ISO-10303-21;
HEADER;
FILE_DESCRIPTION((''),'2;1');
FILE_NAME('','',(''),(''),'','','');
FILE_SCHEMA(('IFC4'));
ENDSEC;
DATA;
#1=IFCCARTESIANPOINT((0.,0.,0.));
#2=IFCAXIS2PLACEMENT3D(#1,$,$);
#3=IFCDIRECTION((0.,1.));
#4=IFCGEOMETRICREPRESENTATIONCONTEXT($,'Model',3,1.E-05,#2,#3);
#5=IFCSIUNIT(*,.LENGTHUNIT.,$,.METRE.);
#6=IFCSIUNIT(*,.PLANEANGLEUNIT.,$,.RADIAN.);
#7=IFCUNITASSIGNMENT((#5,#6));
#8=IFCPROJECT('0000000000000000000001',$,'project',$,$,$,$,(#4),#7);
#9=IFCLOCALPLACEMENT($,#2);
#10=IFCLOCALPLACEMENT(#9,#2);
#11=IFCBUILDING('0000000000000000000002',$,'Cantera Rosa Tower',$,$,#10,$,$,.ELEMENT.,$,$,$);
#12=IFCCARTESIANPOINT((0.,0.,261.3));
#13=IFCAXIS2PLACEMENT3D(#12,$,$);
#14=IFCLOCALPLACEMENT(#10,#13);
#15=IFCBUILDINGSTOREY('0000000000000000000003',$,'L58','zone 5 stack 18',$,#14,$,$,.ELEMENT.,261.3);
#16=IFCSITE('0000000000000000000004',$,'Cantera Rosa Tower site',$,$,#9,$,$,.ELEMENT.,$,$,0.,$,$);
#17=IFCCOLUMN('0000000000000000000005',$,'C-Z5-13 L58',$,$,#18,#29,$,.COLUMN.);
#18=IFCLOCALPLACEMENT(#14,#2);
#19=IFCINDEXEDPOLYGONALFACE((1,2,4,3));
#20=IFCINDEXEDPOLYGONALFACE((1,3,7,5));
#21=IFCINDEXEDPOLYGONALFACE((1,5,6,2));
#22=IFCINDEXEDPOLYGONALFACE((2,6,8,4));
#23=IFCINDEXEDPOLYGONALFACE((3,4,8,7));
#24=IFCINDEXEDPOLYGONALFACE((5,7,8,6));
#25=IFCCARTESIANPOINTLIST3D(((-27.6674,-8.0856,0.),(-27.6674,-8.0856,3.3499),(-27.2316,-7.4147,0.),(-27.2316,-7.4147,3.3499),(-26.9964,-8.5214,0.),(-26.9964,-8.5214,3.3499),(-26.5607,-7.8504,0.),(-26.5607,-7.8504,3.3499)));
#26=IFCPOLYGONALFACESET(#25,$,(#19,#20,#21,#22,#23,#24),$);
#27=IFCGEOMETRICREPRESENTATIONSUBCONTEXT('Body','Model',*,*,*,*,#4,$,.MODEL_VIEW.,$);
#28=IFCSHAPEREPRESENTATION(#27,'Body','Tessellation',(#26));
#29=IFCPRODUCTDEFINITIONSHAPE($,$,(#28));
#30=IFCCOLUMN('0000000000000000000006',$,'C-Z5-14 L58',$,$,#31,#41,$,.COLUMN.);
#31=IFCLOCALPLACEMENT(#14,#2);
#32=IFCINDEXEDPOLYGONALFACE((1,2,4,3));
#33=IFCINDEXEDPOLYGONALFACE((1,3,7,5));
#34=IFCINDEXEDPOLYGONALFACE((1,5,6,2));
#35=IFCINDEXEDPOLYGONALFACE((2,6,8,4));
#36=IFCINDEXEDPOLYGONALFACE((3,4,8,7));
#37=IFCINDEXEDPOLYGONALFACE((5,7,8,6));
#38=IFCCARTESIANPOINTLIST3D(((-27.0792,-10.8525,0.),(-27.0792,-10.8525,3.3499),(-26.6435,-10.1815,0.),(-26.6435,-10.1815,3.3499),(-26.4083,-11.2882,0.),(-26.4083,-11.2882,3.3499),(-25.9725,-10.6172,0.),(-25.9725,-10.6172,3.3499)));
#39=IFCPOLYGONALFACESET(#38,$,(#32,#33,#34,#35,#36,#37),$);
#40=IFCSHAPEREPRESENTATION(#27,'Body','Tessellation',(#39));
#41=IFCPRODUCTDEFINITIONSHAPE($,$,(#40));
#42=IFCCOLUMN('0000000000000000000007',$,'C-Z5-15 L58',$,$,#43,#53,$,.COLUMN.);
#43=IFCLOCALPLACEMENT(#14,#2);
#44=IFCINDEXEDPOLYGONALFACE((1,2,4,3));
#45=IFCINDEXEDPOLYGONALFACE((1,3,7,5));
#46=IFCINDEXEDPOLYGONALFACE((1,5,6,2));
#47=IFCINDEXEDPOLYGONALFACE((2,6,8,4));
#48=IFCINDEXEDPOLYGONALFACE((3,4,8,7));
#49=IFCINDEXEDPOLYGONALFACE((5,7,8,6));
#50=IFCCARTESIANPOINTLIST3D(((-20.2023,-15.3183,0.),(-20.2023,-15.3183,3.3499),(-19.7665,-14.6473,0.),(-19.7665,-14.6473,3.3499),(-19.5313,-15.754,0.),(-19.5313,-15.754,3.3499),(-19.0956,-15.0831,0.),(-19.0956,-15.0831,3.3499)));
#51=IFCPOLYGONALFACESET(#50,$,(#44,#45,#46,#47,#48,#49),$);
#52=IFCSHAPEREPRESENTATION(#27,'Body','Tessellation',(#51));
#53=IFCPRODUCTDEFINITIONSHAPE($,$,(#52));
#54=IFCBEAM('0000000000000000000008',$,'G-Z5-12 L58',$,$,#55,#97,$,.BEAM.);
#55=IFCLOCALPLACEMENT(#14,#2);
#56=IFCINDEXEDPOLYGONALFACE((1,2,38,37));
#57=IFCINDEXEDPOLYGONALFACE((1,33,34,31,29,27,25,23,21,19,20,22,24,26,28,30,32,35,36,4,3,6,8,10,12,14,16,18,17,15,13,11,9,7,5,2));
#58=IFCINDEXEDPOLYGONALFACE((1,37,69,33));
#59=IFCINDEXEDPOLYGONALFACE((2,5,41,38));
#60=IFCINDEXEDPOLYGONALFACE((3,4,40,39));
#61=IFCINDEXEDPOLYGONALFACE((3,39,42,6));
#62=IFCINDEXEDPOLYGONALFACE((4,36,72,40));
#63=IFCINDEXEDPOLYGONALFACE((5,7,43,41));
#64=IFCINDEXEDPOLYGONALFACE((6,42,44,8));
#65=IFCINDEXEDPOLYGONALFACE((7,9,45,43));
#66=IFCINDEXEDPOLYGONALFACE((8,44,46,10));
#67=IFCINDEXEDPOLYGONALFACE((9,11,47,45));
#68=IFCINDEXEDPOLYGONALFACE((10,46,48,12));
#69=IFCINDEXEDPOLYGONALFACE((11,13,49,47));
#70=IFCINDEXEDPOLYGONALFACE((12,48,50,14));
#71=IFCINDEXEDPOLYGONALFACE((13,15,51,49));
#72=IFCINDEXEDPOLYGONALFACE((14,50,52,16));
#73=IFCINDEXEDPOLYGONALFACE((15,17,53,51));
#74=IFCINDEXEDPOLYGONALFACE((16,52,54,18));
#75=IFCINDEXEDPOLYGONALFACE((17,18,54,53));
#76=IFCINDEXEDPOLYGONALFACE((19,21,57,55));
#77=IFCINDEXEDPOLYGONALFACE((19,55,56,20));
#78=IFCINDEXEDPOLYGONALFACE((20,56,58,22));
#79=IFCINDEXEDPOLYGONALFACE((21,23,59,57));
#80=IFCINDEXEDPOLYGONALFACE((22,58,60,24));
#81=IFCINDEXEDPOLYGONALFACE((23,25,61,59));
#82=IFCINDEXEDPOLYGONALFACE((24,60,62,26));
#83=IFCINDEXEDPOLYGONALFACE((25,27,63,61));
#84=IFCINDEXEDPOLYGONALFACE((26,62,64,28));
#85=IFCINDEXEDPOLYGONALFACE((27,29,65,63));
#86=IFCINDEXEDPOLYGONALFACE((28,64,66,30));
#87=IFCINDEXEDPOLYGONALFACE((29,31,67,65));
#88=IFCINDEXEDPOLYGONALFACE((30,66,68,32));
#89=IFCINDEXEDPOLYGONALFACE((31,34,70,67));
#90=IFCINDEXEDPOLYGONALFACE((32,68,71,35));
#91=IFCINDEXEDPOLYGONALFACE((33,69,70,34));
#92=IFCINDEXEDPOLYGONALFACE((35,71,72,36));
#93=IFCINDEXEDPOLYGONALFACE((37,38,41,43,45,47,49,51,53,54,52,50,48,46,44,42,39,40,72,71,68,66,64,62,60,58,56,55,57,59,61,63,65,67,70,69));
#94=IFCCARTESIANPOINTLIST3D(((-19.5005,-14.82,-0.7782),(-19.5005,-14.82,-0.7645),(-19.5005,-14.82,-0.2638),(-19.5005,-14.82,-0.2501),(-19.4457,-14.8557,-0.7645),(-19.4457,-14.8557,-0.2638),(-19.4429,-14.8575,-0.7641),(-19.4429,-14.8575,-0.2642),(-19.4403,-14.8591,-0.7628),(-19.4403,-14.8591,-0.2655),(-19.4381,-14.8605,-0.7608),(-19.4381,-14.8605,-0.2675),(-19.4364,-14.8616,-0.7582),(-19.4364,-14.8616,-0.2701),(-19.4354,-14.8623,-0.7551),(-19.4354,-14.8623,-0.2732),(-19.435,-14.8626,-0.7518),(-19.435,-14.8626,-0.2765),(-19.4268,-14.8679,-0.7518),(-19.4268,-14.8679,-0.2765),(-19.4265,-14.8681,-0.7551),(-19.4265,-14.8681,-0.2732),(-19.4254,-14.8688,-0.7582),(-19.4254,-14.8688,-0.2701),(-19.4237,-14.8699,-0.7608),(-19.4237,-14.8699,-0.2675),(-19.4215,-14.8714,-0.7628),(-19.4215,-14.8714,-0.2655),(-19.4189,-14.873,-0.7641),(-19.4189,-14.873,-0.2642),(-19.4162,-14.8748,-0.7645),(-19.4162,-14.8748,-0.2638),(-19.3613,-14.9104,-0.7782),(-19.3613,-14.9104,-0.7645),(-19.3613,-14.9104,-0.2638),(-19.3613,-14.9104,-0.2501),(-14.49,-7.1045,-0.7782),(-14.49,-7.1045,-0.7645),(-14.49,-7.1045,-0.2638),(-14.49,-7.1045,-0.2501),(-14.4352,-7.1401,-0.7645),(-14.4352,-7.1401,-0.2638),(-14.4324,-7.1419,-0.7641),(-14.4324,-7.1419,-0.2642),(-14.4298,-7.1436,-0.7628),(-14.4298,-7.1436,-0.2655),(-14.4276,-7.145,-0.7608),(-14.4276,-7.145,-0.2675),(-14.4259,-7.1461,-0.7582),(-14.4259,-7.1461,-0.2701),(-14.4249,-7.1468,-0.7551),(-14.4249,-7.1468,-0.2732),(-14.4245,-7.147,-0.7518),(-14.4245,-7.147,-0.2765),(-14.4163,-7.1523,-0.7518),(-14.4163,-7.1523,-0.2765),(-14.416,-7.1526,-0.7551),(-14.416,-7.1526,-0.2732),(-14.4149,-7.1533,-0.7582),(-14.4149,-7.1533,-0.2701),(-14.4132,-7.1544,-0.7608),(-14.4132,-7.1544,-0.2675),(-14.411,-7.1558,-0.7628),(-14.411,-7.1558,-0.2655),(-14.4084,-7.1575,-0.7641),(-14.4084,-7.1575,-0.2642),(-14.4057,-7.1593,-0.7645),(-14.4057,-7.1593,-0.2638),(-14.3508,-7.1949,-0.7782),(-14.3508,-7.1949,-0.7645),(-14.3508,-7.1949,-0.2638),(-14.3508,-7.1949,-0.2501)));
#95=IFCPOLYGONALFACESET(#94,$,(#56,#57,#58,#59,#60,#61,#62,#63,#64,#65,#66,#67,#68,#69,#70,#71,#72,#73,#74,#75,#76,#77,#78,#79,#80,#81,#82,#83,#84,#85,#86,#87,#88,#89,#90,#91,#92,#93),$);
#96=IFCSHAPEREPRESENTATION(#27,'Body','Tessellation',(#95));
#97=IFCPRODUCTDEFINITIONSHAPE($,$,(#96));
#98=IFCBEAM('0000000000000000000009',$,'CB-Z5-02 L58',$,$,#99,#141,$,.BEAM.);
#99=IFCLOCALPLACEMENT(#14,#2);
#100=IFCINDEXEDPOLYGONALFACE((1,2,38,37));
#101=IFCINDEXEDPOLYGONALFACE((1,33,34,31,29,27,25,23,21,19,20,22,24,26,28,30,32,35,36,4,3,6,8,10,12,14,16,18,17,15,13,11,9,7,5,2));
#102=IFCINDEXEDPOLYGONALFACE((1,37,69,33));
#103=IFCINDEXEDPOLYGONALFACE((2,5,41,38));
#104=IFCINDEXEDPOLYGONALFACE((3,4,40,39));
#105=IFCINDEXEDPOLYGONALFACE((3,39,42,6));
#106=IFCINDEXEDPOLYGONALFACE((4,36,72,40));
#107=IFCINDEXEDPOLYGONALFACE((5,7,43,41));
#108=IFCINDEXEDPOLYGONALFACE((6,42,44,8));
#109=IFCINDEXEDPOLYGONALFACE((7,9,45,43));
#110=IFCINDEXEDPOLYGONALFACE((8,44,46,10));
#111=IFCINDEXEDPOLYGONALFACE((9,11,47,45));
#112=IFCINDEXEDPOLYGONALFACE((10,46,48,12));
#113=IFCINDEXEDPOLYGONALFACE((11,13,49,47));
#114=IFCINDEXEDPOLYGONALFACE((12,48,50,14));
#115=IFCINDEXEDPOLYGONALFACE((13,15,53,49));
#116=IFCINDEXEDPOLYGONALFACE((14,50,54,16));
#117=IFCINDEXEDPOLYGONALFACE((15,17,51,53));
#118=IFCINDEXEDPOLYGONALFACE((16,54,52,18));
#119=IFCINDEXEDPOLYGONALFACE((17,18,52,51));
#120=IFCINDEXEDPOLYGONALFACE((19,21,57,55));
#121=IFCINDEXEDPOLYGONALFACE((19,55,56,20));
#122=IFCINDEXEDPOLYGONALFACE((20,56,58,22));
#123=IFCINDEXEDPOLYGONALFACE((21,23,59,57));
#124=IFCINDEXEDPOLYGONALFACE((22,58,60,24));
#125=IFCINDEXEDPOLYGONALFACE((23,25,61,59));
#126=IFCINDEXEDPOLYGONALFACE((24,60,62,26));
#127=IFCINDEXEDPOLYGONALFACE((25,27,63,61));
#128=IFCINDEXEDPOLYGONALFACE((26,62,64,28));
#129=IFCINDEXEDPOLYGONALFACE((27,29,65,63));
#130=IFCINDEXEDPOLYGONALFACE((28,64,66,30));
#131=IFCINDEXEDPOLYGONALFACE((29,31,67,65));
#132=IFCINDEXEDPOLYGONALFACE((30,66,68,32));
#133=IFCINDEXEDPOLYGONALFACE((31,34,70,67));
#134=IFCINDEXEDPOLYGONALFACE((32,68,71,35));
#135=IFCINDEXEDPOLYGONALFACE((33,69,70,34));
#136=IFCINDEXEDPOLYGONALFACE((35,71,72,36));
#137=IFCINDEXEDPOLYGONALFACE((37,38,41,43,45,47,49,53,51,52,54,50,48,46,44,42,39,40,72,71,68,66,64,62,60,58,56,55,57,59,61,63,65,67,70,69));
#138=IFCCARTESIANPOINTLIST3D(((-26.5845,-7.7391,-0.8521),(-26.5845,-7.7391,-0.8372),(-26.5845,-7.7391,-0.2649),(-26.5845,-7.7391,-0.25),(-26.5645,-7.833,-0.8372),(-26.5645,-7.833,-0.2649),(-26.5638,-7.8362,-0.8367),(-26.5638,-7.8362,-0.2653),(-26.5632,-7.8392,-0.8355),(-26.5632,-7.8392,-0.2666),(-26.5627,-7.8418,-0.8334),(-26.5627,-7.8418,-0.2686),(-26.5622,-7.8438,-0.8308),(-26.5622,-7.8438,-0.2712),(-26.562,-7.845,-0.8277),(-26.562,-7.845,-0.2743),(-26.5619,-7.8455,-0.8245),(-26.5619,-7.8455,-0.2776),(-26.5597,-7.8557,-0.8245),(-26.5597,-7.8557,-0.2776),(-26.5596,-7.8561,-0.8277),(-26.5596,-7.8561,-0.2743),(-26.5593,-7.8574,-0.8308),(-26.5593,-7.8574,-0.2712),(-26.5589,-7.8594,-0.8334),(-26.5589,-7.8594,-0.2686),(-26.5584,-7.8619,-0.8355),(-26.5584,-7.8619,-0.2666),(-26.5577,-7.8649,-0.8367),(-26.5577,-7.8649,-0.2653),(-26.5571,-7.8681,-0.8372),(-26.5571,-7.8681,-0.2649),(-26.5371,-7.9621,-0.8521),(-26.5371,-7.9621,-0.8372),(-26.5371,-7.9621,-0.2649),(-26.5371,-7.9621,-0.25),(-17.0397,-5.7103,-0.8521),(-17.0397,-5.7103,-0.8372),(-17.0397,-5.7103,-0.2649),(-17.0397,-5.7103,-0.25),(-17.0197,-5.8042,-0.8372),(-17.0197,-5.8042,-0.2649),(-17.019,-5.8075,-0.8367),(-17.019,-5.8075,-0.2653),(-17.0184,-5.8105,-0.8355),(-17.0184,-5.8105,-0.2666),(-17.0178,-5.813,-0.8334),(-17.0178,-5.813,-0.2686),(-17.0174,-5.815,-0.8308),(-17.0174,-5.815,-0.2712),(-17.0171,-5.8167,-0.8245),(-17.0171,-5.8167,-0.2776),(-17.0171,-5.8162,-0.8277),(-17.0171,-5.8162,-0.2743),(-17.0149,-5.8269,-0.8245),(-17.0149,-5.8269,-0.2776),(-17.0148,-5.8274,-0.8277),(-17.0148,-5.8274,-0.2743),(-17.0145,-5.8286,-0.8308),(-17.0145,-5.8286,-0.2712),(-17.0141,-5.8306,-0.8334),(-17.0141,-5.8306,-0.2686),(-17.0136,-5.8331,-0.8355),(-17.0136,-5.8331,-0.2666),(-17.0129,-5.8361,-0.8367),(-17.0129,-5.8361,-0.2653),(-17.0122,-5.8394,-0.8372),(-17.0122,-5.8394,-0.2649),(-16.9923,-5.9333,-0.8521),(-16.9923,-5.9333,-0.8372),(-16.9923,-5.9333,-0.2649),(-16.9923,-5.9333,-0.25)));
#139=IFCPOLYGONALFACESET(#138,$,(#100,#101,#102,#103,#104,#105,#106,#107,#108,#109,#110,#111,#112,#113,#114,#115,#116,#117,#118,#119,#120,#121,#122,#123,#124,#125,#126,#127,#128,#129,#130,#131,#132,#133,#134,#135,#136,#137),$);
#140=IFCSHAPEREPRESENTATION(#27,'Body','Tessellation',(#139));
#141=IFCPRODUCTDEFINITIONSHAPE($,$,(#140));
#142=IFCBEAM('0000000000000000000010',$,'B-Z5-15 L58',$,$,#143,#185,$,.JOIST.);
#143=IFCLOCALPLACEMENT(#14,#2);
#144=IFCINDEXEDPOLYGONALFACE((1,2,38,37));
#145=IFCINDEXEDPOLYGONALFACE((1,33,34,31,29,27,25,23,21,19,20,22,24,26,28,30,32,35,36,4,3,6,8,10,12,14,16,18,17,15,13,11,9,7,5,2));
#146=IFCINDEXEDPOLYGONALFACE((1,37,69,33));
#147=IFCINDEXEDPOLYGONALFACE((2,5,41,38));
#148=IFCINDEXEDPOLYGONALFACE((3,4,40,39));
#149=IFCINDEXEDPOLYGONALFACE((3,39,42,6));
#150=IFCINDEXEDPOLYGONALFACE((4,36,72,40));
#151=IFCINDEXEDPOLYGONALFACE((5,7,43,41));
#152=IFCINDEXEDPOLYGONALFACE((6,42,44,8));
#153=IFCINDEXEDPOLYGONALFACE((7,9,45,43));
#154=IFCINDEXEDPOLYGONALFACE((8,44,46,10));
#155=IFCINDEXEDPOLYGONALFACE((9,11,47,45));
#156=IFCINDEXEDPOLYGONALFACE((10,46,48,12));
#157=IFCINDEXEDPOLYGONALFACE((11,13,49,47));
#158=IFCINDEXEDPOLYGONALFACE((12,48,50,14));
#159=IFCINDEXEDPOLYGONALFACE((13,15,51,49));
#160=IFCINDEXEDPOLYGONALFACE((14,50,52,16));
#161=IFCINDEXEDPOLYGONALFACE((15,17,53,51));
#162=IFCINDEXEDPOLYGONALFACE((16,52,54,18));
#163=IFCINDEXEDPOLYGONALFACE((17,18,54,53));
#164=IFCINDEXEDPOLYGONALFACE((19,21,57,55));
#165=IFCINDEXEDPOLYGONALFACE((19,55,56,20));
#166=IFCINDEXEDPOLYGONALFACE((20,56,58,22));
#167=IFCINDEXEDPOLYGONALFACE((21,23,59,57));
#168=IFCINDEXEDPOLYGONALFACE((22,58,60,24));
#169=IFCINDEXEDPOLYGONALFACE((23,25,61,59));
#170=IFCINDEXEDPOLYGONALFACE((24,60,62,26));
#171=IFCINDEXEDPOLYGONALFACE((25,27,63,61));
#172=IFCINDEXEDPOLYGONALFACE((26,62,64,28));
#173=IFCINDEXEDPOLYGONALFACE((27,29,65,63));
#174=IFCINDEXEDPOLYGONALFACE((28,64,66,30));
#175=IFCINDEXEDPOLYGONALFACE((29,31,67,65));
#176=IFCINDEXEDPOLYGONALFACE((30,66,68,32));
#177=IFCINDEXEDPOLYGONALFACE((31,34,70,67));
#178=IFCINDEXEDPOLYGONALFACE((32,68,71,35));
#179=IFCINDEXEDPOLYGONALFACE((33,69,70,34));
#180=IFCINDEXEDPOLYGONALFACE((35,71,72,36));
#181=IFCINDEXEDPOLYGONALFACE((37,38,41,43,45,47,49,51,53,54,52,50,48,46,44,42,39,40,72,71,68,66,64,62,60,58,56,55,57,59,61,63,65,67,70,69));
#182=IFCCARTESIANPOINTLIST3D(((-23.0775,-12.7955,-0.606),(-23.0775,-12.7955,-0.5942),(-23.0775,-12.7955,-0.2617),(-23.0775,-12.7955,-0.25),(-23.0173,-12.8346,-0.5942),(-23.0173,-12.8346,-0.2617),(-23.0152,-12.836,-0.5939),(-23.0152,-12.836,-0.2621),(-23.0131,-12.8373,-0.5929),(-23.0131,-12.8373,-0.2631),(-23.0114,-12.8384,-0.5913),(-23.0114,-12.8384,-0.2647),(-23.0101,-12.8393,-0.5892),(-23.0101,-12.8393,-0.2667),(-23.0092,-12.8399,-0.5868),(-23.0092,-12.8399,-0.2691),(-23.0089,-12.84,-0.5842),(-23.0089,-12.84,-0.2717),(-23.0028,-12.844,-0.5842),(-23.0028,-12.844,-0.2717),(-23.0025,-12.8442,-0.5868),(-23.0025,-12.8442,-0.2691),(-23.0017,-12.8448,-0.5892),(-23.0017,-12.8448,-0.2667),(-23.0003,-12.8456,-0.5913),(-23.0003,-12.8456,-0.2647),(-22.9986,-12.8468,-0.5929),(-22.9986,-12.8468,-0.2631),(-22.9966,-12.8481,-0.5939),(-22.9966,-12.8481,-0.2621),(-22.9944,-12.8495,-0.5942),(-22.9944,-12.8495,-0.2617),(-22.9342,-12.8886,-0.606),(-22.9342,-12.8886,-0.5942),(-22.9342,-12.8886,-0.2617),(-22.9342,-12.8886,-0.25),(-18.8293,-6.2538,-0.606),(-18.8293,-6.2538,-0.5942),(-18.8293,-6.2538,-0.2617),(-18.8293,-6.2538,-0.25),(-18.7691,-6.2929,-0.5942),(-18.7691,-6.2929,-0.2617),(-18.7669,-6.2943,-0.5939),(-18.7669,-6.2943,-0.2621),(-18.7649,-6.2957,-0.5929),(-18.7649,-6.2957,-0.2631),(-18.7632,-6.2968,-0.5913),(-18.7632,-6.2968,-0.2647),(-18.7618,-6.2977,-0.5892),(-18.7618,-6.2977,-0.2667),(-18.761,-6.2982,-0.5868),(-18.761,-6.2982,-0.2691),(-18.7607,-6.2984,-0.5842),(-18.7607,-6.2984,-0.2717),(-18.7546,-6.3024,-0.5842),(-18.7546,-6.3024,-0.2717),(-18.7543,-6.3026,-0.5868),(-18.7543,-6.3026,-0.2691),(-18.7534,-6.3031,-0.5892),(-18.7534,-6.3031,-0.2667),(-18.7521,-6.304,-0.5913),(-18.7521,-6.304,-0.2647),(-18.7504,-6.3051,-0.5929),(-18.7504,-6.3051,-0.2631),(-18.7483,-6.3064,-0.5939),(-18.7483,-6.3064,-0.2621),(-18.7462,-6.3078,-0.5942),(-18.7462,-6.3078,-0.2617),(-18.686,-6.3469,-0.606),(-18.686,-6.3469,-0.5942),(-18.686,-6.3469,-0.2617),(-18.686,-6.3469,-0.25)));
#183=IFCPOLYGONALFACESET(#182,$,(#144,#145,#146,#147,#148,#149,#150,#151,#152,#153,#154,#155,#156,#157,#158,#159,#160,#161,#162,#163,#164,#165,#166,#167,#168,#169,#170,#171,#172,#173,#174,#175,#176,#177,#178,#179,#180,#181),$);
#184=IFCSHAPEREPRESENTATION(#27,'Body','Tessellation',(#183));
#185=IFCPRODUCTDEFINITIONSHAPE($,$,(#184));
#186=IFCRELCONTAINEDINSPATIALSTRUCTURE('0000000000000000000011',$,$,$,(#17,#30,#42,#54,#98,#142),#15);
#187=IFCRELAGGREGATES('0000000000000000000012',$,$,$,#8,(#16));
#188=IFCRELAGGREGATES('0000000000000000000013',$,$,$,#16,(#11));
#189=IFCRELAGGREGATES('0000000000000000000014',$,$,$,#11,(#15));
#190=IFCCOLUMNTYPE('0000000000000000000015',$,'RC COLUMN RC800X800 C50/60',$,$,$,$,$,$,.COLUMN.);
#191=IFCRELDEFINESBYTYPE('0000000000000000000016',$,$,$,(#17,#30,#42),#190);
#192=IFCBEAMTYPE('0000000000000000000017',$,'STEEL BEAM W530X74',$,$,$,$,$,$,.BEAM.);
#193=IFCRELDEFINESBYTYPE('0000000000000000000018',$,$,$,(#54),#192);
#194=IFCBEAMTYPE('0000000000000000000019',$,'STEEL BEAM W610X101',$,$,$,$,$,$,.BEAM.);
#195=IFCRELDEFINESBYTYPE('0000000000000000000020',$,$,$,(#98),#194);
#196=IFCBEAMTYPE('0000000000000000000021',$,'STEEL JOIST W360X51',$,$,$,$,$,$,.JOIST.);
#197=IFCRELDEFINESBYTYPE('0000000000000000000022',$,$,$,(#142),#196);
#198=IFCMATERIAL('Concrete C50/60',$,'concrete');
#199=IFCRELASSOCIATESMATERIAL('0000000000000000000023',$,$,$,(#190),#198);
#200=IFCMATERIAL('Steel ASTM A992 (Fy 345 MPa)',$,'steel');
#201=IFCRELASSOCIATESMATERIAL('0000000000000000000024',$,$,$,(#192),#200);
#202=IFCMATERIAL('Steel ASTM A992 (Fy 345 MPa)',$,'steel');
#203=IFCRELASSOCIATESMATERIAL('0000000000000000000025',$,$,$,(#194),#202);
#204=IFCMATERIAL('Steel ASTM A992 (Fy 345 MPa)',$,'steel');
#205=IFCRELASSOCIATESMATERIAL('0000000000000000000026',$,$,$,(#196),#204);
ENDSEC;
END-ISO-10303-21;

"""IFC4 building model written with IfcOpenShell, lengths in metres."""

from ifc_helpers import new_model, si_unit, direction, frame, origin, origin_2d, place, context, subcontext, project, spatial, rectangle, i_section, extrude, material, material_profile, profile_set, type_object, element, save


model = new_model("IFC4")

# Units and contexts
model_context = context("Model", 3, precision=1e-05, world=origin(), true_north=direction((0.0, 1.0)))
body_context = subcontext(model_context, "Body", "Model", "MODEL_VIEW")
ifc_project = project(units=[si_unit("LENGTHUNIT", "METRE"), si_unit("PLANEANGLEUNIT", "RADIAN")], contexts=[model_context])

# Site, building, storey
site_placement = place(None, origin())
site = spatial("IfcSite", under=ifc_project, at=site_placement, Name="Cantera Rosa Tower site", CompositionType="ELEMENT", RefElevation=0.0)
building_placement = place(site_placement, origin())
building = spatial("IfcBuilding", under=site, at=building_placement, Name="Cantera Rosa Tower", CompositionType="ELEMENT")
storey_placement = place(building_placement, frame((0.0, 0.0, 261.3)))
storey = spatial("IfcBuildingStorey", under=building, at=storey_placement, Name="L58", Description="zone 5 stack 18", CompositionType="ELEMENT", Elevation=261.3)

# Columns
ifc_material_1 = material(Name="Concrete C50/60", Category="concrete")
ifc_material_profile_1 = material_profile(ifc_material_1, rectangle(XDim=0.8, YDim=0.8, at=origin_2d()), Name="RC COLUMN RC800X800 C50/60")
ifc_profile_set_1 = profile_set([ifc_material_profile_1], Name="Concrete C50/60")
column_type = type_object("IfcColumnType", Name="RC COLUMN RC800X800 C50/60", PredefinedType="COLUMN", material=ifc_profile_set_1)
for number, where, z_axis, x_axis, name in (
    (1, (-27.114, -7.968, 0.0), (0.0, 0.0, 1.0), (0.544639, 0.838671, 0.0), "C-Z5-13 L58"),
    (2, (-26.5259, -10.7349, 0.0), (0.0, 0.0, 1.0), (0.544639, 0.838671, 0.0), "C-Z5-14 L58"),
    (3, (-19.6489, -15.2007, 0.0), (0.0, 0.0, 1.0), (0.544639, 0.838671, 0.0), "C-Z5-15 L58"),
):
    element("IfcColumn", number, at=place(storey_placement, frame(where, z_axis=z_axis, x_axis=x_axis)), inside=storey, type_object=column_type, Name=name, PredefinedType="COLUMN", context=body_context, shape_type="SweptSolid", body=[
        extrude(rectangle(XDim=0.8, YDim=0.8, at=origin_2d()), origin(), (0.0, 0.0, 1.0), 3.3499),
    ])

# Beams
ifc_material_2 = material(Name="Steel ASTM A992 (Fy 345 MPa)", Category="steel")
ifc_material_profile_2 = material_profile(ifc_material_2, i_section(OverallWidth=0.166, OverallDepth=0.5281, WebThickness=0.0098, FlangeThickness=0.0137, FilletRadius=0.0127, at=origin_2d()), Name="W530X74")
ifc_profile_set_2 = profile_set([ifc_material_profile_2], Name="Steel ASTM A992 (Fy 345 MPa)")
beam_type_1 = type_object("IfcBeamType", Name="STEEL BEAM W530X74", PredefinedType="BEAM", material=ifc_profile_set_2)
beam_1_placement = place(storey_placement, frame((-19.4309, -14.8652, -0.5142), z_axis=(0.544635, 0.838673, 0.0), x_axis=(-0.838673, 0.544635, 0.0)))
element("IfcBeam", 4, at=beam_1_placement, inside=storey, type_object=beam_type_1, Name="G-Z5-12 L58", PredefinedType="BEAM", context=body_context, shape_type="SweptSolid", body=[
    extrude(i_section(OverallWidth=0.166, OverallDepth=0.5281, WebThickness=0.0098, FlangeThickness=0.0137, FilletRadius=0.0127, at=origin_2d()), origin(), (0.0, 0.0, 1.0), 9.1997),
])
ifc_material_3 = material(Name="Steel ASTM A992 (Fy 345 MPa)", Category="steel")
ifc_material_profile_3 = material_profile(ifc_material_3, i_section(OverallWidth=0.228, OverallDepth=0.6021, WebThickness=0.0105, FlangeThickness=0.0149, FilletRadius=0.0127, at=origin_2d()), Name="W610X101")
ifc_profile_set_3 = profile_set([ifc_material_profile_3], Name="Steel ASTM A992 (Fy 345 MPa)")
beam_type_2 = type_object("IfcBeamType", Name="STEEL BEAM W610X101", PredefinedType="BEAM", material=ifc_profile_set_3)
beam_2_placement = place(storey_placement, frame((-26.5608, -7.8506, -0.551), z_axis=(0.978148, 0.207909, 0.0), x_axis=(-0.207909, 0.978148, 0.0)))
element("IfcBeam", 5, at=beam_2_placement, inside=storey, type_object=beam_type_2, Name="CB-Z5-02 L58", PredefinedType="BEAM", context=body_context, shape_type="SweptSolid", body=[
    extrude(i_section(OverallWidth=0.228, OverallDepth=0.6021, WebThickness=0.0105, FlangeThickness=0.0149, FilletRadius=0.0127, at=origin_2d()), origin(), (0.0, 0.0, 1.0), 9.7581),
])
ifc_material_4 = material(Name="Steel ASTM A992 (Fy 345 MPa)", Category="steel")
ifc_material_profile_4 = material_profile(ifc_material_4, i_section(OverallWidth=0.1709, OverallDepth=0.356, WebThickness=0.0073, FlangeThickness=0.0117, FilletRadius=0.01, at=origin_2d()), Name="W360X51")
ifc_profile_set_4 = profile_set([ifc_material_profile_4], Name="Steel ASTM A992 (Fy 345 MPa)")
beam_type_3 = type_object("IfcBeamType", Name="STEEL JOIST W360X51", PredefinedType="JOIST", material=ifc_profile_set_4)
beam_3_placement = place(storey_placement, frame((-23.0059, -12.842, -0.428), z_axis=(0.544642, 0.838669, 0.0), x_axis=(-0.838669, 0.544642, 0.0)))
element("IfcBeam", 6, at=beam_3_placement, inside=storey, type_object=beam_type_3, Name="B-Z5-15 L58", PredefinedType="JOIST", context=body_context, shape_type="SweptSolid", body=[
    extrude(i_section(OverallWidth=0.1709, OverallDepth=0.356, WebThickness=0.0073, FlangeThickness=0.0117, FilletRadius=0.01, at=origin_2d()), origin(), (0.0, 0.0, 1.0), 7.8),
])

save(model, "model.ifc")
